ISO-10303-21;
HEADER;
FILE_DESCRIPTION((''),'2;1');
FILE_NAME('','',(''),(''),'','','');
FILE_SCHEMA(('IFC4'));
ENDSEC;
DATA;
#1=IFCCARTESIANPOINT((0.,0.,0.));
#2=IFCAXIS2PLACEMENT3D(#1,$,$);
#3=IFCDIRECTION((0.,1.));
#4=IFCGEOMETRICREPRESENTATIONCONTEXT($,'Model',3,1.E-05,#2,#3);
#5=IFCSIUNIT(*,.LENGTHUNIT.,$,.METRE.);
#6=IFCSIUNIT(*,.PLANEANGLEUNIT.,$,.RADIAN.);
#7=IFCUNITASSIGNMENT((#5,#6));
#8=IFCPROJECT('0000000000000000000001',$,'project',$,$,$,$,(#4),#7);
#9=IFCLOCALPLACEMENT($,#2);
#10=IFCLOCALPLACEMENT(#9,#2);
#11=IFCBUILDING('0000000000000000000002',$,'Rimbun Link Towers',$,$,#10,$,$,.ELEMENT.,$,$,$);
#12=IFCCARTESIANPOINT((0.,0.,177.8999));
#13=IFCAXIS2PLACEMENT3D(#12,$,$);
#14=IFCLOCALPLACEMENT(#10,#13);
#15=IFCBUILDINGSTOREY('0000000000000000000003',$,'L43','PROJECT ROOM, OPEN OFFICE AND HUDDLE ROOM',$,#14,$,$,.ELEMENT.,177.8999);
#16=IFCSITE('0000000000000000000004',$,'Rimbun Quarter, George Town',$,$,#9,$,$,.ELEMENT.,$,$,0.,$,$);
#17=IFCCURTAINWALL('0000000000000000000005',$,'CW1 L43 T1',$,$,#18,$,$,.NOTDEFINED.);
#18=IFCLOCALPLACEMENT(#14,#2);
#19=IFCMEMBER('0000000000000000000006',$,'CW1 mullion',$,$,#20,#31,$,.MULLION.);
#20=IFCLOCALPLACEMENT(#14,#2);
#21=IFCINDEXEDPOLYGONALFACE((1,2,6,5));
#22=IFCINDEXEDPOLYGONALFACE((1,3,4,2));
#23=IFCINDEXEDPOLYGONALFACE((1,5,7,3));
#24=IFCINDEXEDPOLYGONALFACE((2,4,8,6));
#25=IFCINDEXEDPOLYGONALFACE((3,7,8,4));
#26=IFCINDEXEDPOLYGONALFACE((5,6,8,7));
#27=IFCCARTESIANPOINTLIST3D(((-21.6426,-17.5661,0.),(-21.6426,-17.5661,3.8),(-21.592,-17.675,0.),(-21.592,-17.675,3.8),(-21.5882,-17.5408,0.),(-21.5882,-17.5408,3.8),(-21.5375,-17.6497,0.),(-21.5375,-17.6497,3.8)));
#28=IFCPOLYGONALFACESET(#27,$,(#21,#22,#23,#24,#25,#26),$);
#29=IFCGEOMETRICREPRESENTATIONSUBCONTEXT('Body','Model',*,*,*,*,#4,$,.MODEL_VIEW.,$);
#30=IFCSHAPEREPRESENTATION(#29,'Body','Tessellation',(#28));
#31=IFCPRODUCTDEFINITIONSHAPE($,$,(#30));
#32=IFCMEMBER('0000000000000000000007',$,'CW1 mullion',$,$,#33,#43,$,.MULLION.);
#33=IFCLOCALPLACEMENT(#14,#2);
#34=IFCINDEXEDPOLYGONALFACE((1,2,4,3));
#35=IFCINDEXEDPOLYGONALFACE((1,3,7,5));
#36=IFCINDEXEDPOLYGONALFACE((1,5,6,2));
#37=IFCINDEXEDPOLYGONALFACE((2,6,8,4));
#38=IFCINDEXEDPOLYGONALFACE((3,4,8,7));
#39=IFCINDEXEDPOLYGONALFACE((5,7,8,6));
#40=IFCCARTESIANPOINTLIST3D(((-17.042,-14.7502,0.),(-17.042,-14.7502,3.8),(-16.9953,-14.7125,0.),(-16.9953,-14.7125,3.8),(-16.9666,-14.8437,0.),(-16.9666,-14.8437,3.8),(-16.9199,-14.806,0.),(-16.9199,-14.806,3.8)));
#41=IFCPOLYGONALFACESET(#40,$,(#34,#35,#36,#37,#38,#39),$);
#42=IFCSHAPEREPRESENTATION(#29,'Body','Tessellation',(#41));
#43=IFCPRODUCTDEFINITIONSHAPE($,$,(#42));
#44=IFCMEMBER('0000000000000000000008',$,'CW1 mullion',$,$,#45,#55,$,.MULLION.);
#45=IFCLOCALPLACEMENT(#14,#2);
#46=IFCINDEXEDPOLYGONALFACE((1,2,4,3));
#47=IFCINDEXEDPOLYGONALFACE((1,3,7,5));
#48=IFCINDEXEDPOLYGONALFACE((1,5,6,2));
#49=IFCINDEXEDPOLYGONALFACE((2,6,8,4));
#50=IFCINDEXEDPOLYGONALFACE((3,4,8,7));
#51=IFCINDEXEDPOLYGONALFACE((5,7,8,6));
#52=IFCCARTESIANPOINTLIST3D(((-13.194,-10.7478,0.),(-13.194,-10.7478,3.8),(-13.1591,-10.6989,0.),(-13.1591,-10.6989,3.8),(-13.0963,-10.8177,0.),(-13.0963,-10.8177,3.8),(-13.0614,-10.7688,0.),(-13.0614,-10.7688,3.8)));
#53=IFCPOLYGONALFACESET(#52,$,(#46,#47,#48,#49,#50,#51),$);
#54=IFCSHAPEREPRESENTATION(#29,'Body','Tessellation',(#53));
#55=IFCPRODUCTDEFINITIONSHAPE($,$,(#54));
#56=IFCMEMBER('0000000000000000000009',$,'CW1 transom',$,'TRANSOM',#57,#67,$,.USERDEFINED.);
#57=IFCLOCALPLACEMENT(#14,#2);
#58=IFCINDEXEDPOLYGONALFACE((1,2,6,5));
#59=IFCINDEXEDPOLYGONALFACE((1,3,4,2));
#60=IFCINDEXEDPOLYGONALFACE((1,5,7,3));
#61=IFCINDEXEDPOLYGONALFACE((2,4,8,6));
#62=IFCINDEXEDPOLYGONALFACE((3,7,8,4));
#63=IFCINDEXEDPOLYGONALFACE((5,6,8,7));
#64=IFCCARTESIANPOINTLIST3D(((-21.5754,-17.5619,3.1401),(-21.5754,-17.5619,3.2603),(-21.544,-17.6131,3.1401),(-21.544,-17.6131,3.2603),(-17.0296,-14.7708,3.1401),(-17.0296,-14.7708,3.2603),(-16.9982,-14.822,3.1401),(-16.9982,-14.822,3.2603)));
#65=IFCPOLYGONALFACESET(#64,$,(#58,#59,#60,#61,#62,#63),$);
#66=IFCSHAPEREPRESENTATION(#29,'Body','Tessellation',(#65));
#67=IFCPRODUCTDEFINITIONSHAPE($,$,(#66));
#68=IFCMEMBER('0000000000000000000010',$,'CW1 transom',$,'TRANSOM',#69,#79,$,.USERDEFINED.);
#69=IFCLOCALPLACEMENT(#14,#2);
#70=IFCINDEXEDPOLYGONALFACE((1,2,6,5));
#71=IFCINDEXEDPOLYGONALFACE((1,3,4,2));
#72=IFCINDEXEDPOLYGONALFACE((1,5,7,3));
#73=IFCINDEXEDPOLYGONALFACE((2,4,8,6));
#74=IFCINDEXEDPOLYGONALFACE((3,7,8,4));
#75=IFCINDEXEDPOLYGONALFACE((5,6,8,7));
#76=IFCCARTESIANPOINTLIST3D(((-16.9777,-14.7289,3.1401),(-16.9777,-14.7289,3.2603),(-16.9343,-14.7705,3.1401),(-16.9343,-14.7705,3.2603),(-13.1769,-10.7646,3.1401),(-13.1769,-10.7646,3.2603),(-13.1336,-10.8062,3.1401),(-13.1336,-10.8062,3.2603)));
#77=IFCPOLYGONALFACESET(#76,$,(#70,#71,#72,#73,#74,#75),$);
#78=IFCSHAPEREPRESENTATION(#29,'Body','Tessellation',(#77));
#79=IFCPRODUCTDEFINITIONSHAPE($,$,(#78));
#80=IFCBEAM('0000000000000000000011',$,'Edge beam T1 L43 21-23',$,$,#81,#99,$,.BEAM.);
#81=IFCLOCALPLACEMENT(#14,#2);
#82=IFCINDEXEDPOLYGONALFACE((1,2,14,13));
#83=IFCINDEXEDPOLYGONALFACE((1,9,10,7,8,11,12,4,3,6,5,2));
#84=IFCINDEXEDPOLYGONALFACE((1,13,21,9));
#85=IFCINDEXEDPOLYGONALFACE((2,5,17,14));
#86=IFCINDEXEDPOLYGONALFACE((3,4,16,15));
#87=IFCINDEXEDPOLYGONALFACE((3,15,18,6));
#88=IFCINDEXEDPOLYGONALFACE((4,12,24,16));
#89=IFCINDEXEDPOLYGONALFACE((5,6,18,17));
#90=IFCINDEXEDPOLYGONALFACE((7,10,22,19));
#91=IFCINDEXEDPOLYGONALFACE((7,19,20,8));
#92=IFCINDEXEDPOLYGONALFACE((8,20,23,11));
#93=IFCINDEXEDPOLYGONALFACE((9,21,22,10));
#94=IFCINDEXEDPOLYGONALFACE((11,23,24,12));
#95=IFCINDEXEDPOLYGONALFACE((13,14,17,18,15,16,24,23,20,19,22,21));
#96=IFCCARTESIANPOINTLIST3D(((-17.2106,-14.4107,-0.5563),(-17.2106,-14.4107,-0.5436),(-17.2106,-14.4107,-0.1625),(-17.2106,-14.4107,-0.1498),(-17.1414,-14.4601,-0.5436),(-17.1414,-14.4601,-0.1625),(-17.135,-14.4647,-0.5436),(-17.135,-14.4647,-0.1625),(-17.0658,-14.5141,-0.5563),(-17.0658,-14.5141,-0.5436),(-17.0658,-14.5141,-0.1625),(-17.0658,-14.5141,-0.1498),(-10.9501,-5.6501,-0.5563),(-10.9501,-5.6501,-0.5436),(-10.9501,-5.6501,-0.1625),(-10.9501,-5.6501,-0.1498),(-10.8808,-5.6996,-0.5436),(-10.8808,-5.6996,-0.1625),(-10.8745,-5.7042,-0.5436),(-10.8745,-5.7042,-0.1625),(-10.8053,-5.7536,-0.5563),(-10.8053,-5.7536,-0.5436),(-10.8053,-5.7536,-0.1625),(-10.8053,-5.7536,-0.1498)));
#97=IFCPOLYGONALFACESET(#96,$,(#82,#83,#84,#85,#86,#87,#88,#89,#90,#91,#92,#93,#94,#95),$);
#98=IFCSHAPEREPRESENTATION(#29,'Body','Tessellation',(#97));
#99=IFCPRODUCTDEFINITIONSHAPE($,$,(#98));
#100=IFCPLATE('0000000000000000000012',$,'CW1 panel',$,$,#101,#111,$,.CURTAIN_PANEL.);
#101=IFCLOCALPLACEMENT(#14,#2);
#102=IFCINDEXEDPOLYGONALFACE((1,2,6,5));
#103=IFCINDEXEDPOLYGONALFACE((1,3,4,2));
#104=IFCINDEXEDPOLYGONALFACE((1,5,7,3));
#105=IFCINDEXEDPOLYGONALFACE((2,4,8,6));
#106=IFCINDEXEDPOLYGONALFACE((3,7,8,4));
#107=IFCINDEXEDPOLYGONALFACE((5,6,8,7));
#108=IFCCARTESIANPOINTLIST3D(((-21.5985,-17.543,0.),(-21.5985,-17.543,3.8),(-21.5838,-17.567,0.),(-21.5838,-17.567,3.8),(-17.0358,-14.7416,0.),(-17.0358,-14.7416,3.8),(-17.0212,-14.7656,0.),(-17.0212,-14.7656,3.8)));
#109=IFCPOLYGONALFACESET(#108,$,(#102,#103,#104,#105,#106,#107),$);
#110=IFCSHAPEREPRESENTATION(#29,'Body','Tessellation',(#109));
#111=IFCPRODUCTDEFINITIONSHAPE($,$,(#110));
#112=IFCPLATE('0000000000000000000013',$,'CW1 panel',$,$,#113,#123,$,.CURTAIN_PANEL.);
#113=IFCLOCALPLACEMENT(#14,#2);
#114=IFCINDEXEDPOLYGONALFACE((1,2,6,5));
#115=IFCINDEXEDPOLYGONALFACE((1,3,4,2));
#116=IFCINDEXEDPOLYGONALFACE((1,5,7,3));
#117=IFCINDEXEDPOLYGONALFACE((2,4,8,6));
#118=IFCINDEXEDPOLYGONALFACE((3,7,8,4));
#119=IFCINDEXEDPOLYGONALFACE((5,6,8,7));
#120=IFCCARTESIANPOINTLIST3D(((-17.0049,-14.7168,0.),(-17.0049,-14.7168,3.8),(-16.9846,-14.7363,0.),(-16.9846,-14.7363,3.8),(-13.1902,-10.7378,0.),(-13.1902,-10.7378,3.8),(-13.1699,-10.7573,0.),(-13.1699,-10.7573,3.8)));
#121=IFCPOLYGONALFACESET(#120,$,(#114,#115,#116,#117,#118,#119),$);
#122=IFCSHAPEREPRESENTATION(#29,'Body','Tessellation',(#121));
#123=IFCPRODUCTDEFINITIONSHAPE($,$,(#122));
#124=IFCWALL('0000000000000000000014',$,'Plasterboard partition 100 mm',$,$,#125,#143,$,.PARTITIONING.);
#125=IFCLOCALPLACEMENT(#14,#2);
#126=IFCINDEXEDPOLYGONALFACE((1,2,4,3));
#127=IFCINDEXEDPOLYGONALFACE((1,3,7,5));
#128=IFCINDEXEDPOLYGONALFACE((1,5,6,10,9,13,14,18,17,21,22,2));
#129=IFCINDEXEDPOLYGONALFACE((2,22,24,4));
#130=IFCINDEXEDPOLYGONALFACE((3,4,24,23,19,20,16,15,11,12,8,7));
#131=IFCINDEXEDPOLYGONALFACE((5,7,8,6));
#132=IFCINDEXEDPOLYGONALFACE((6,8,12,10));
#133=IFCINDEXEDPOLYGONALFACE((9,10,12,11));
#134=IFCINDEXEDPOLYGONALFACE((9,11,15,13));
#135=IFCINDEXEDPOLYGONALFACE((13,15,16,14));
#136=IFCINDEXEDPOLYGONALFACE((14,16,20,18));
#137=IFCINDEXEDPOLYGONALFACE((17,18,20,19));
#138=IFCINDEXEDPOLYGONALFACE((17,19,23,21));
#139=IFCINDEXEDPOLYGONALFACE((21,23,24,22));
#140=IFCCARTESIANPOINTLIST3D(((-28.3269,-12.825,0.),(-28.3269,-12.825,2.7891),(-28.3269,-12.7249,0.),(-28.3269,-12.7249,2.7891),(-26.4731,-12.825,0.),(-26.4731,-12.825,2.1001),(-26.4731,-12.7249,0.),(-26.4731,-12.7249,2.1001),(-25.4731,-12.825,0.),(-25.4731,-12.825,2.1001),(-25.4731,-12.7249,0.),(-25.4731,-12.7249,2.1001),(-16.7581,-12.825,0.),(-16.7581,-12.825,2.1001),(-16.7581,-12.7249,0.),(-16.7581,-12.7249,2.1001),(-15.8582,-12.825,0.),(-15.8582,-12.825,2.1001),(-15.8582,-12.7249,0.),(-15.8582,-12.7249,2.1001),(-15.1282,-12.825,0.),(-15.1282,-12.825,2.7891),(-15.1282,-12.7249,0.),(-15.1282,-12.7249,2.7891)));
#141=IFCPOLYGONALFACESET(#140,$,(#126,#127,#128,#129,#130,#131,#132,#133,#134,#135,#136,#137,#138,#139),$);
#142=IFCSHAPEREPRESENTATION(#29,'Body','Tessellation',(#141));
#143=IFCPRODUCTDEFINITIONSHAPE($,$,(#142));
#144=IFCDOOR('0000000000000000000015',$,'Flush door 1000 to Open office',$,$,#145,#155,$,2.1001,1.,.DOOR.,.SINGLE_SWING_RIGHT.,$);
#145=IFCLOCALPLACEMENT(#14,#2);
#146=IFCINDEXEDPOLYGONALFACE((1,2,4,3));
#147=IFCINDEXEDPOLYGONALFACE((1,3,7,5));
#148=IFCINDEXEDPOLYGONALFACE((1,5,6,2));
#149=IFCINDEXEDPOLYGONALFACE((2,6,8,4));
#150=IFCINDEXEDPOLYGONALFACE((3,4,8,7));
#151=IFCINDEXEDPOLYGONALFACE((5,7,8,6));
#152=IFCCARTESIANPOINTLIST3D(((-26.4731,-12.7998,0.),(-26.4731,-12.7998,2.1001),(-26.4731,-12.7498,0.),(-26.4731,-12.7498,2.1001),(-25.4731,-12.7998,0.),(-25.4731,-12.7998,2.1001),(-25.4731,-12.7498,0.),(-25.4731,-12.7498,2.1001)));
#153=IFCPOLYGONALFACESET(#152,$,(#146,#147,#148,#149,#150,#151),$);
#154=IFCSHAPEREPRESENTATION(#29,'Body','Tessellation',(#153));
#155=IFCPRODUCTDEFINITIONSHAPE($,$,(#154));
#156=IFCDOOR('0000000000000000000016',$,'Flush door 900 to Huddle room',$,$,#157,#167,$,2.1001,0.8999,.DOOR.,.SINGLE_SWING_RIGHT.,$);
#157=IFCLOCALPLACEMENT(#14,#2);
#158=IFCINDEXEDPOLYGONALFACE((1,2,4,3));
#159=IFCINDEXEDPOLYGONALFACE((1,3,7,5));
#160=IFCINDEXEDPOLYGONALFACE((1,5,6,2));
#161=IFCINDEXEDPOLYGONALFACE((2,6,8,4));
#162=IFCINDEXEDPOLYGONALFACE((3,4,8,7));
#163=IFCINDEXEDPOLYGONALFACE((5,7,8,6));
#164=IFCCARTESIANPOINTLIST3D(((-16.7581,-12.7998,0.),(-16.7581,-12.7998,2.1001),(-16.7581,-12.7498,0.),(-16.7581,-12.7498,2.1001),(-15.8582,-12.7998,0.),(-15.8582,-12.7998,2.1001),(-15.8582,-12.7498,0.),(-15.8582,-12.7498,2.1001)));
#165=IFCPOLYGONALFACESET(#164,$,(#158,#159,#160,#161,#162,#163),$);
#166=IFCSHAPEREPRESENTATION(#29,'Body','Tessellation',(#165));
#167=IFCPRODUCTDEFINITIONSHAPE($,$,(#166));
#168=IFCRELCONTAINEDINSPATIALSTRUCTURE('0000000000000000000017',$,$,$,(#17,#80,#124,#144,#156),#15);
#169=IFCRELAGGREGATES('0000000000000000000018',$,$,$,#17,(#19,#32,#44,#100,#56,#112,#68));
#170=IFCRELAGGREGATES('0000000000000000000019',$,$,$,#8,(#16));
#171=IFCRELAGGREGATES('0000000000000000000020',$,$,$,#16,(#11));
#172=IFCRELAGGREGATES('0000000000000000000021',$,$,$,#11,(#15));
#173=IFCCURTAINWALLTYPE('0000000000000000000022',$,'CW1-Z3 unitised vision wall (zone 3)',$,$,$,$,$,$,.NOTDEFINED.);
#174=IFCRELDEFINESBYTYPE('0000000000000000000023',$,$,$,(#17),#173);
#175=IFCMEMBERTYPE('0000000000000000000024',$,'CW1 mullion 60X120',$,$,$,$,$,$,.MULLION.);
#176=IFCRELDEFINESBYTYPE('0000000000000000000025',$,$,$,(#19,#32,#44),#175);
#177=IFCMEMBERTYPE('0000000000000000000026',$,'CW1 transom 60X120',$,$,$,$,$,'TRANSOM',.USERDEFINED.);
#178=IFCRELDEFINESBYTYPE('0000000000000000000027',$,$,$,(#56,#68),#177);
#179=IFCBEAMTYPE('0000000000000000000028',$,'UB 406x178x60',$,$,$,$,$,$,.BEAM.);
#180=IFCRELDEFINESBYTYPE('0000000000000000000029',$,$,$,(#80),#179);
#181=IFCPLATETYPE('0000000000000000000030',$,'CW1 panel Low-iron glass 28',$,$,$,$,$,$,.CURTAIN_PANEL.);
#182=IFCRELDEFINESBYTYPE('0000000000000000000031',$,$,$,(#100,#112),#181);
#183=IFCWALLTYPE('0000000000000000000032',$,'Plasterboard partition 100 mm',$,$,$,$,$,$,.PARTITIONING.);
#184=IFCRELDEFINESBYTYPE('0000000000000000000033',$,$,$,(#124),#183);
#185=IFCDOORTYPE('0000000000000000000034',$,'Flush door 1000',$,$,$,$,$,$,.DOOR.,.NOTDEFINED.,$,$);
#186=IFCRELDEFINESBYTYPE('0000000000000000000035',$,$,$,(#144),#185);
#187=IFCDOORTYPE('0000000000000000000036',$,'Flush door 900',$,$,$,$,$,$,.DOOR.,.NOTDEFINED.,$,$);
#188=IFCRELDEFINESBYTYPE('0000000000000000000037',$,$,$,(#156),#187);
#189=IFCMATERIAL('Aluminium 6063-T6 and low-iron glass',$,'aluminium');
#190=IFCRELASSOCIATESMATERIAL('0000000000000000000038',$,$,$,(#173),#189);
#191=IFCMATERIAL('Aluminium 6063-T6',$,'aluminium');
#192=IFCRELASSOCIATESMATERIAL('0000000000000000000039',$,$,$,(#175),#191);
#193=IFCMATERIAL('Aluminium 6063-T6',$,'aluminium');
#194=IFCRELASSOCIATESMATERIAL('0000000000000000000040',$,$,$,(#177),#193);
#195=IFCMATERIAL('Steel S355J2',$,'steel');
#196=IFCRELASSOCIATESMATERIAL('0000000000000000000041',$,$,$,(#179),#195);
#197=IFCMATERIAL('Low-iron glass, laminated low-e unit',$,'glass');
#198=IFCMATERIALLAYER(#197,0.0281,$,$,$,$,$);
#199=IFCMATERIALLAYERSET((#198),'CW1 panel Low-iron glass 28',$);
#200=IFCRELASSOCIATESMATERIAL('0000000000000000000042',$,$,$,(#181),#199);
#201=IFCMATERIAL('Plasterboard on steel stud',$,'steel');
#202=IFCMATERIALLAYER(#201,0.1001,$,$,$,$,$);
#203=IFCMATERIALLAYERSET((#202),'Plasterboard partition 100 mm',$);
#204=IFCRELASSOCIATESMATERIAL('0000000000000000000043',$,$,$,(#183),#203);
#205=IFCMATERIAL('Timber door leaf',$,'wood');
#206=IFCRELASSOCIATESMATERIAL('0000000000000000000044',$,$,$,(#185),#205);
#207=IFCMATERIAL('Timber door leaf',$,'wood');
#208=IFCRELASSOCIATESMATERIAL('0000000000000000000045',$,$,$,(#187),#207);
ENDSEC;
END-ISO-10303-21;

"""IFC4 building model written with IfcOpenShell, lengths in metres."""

from ifc_helpers import new_model, si_unit, direction, frame, frame_2d, origin, origin_2d, place, context, subcontext, project, spatial, rectangle, i_section, extrude, material, layer, layer_set, material_profile, profile_set, type_object, element, fill, aggregate, save


model = new_model("IFC4")

# Units and contexts
model_context = context("Model", 3, precision=1e-05, world=origin(), true_north=direction((0.0, 1.0)))
body_context = subcontext(model_context, "Body", "Model", "MODEL_VIEW")
ifc_project = project(units=[si_unit("LENGTHUNIT", "METRE"), si_unit("PLANEANGLEUNIT", "RADIAN")], contexts=[model_context])

# Site, building, storey
site_placement = place(None, origin())
site = spatial("IfcSite", under=ifc_project, at=site_placement, Name="Rimbun Quarter, George Town", CompositionType="ELEMENT", RefElevation=0.0)
building_placement = place(site_placement, origin())
building = spatial("IfcBuilding", under=site, at=building_placement, Name="Rimbun Link Towers", CompositionType="ELEMENT")
storey_placement = place(building_placement, frame((0.0, 0.0, 177.8999)))
storey = spatial("IfcBuildingStorey", under=building, at=storey_placement, Name="L43", Description="PROJECT ROOM, OPEN OFFICE AND HUDDLE ROOM", CompositionType="ELEMENT", Elevation=177.8999)

# Curtain wall, members
ifc_material_1 = material(Name="Aluminium 6063-T6 and low-iron glass", Category="aluminium")
curtain_wall_type = type_object("IfcCurtainWallType", Name="CW1-Z3 unitised vision wall (zone 3)", PredefinedType="NOTDEFINED", material=ifc_material_1)
curtain_wall_placement = place(storey_placement, origin())
curtain_wall = element("IfcCurtainWall", 1, at=curtain_wall_placement, inside=storey, type_object=curtain_wall_type, Name="CW1 L43 T1", PredefinedType="NOTDEFINED")
ifc_material_2 = material(Name="Aluminium 6063-T6", Category="aluminium")
ifc_material_profile_1 = material_profile(ifc_material_2, rectangle(XDim=0.1201, YDim=0.0601, at=origin_2d()), Name="MULLION 60X120")
ifc_profile_set_1 = profile_set([ifc_material_profile_1], Name="Aluminium 6063-T6")
member_type_1 = type_object("IfcMemberType", Name="CW1 mullion 60X120", PredefinedType="MULLION", material=ifc_profile_set_1)
member_1_placement = place(storey_placement, frame((-21.5901, -17.6079, 0.0), z_axis=(0.0, 0.0, 1.0), x_axis=(0.421697, -0.906737, 0.0)))
member_1 = element("IfcMember", 2, at=member_1_placement, type_object=member_type_1, Name="CW1 mullion", PredefinedType="MULLION", context=body_context, shape_type="SweptSolid", body=[
    extrude(rectangle(XDim=0.1201, YDim=0.0601, at=origin_2d()), origin(), (0.0, 0.0, 1.0), 3.8),
])
member_2_placement = place(storey_placement, frame((-16.981, -14.7781, 0.0), z_axis=(0.0, 0.0, 1.0), x_axis=(0.627671, -0.778479, 0.0)))
member_2 = element("IfcMember", 3, at=member_2_placement, type_object=member_type_1, Name="CW1 mullion", PredefinedType="MULLION", context=body_context, shape_type="SweptSolid", body=[
    extrude(rectangle(XDim=0.1201, YDim=0.0601, at=origin_2d()), origin(), (0.0, 0.0, 1.0), 3.8),
])
member_3_placement = place(storey_placement, frame((-13.1277, -10.7583, 0.0), z_axis=(0.0, 0.0, 1.0), x_axis=(0.81335, -0.581775, 0.0)))
member_3 = element("IfcMember", 4, at=member_3_placement, type_object=member_type_1, Name="CW1 mullion", PredefinedType="MULLION", context=body_context, shape_type="SweptSolid", body=[
    extrude(rectangle(XDim=0.1201, YDim=0.0601, at=origin_2d()), origin(), (0.0, 0.0, 1.0), 3.8),
])
ifc_material_3 = material(Name="Aluminium 6063-T6", Category="aluminium")
ifc_material_profile_2 = material_profile(ifc_material_3, rectangle(XDim=0.0601, YDim=0.1201, at=origin_2d()), Name="TRANSOM 60X120")
ifc_profile_set_2 = profile_set([ifc_material_profile_2], Name="Aluminium 6063-T6")
member_type_2 = type_object("IfcMemberType", Name="CW1 transom 60X120", ElementType="TRANSOM", PredefinedType="USERDEFINED", material=ifc_profile_set_2)
member_4_placement = place(storey_placement, frame((-17.0139, -14.7964, 3.2002), z_axis=(-0.852186, -0.523239, 0.0), x_axis=(0.523239, -0.852186, 0.0)))
member_4 = element("IfcMember", 5, at=member_4_placement, type_object=member_type_2, Name="CW1 transom", ObjectType="TRANSOM", PredefinedType="USERDEFINED", context=body_context, shape_type="SweptSolid", body=[
    extrude(rectangle(XDim=0.0601, YDim=0.1201, at=origin_2d()), origin(), (0.0, 0.0, 1.0), 5.3342),
])
member_5_placement = place(storey_placement, frame((-13.1553, -10.7854, 3.2002), z_axis=(-0.692058, -0.721842, 0.0), x_axis=(0.721842, -0.692058, 0.0)))
member_5 = element("IfcMember", 6, at=member_5_placement, type_object=member_type_2, Name="CW1 transom", ObjectType="TRANSOM", PredefinedType="USERDEFINED", context=body_context, shape_type="SweptSolid", body=[
    extrude(rectangle(XDim=0.0601, YDim=0.1201, at=origin_2d()), origin(), (0.0, 0.0, 1.0), 5.4919),
])

# Beam
ifc_material_4 = material(Name="Steel S355J2", Category="steel")
ifc_material_profile_3 = material_profile(ifc_material_4, i_section(OverallWidth=0.178, OverallDepth=0.4065, WebThickness=0.0078, FlangeThickness=0.0127, at=origin_2d()), Name="UB 406x178x60")
ifc_profile_set_3 = profile_set([ifc_material_profile_3], Name="Steel S355J2")
beam_type = type_object("IfcBeamType", Name="UB 406x178x60", PredefinedType="BEAM", material=ifc_profile_set_3)
beam_placement = place(storey_placement, frame((-17.1382, -14.4624, -0.353), z_axis=(0.581423, 0.813602, 0.0), x_axis=(-0.813602, 0.581423, 0.0)))
element("IfcBeam", 7, at=beam_placement, inside=storey, type_object=beam_type, Name="Edge beam T1 L43 21-23", PredefinedType="BEAM", context=body_context, shape_type="SweptSolid", body=[
    extrude(i_section(OverallWidth=0.178, OverallDepth=0.4065, WebThickness=0.0078, FlangeThickness=0.0127, at=origin_2d()), origin(), (0.0, 0.0, 1.0), 10.7676),
])

# Plates
ifc_material_5 = material(Name="Low-iron glass, laminated low-e unit", Category="glass")
ifc_layer_1 = layer(ifc_material_5, 0.0281)
ifc_layer_set_1 = layer_set([ifc_layer_1], Name="CW1 panel Low-iron glass 28")
plate_type = type_object("IfcPlateType", Name="CW1 panel Low-iron glass 28", PredefinedType="CURTAIN_PANEL", material=ifc_layer_set_1)
plate_1_placement = place(storey_placement, frame((-19.3098, -16.1543, 0.0), z_axis=(0.0, 0.0, 1.0), x_axis=(-0.852191, -0.523231, 0.0)))
plate_1 = element("IfcPlate", 8, at=plate_1_placement, type_object=plate_type, Name="CW1 panel", PredefinedType="CURTAIN_PANEL", context=body_context, shape_type="SweptSolid", body=[
    extrude(rectangle(XDim=5.354, YDim=0.0281, at=origin_2d()), origin(), (0.0, 0.0, 1.0), 3.8),
])
plate_2_placement = place(storey_placement, frame((-15.0874, -12.7371, 0.0), z_axis=(0.0, 0.0, 1.0), x_axis=(-0.692045, -0.721854, 0.0)))
plate_2 = element("IfcPlate", 9, at=plate_2_placement, type_object=plate_type, Name="CW1 panel", PredefinedType="CURTAIN_PANEL", context=body_context, shape_type="SweptSolid", body=[
    extrude(rectangle(XDim=5.5122, YDim=0.0281, at=origin_2d()), origin(), (0.0, 0.0, 1.0), 3.8),
])
aggregate(curtain_wall, [member_1, member_2, member_3, plate_1, member_4, plate_2, member_5])

# Wall, openings, doors
ifc_material_6 = material(Name="Plasterboard on steel stud", Category="steel")
ifc_layer_2 = layer(ifc_material_6, 0.1001)
ifc_layer_set_2 = layer_set([ifc_layer_2], Name="Plasterboard partition 100 mm")
wall_type = type_object("IfcWallType", Name="Plasterboard partition 100 mm", PredefinedType="PARTITIONING", material=ifc_layer_set_2)
wall_1_placement = place(storey_placement, frame((-15.1282, -12.7749, 0.0), z_axis=(0.0, 0.0, 1.0), x_axis=(-1.0, 0.0, 0.0)))
wall_1 = element("IfcWall", 10, at=wall_1_placement, inside=storey, type_object=wall_type, Name="Plasterboard partition 100 mm", PredefinedType="PARTITIONING", context=body_context, shape_type="SweptSolid", body=[
    extrude(rectangle(XDim=13.1987, YDim=0.1001, at=frame_2d((6.5994, 0.0))), origin(), (0.0, 0.0, 1.0), 2.7891),
])
opening_1_placement = place(wall_1_placement, frame((10.345, 0.0, 0.0)))
opening_1 = element("IfcOpeningElement", 11, at=opening_1_placement, cuts=wall_1, PredefinedType="OPENING", context=body_context, shape_type="SweptSolid", body=[
    extrude(rectangle(XDim=1.0, YDim=2.1001, at=frame_2d((0.5, 1.05))), frame((0.0, 0.0601, 0.0), z_axis=(0.0, -1.0, 0.0), x_axis=(1.0, 0.0, 0.0)), (0.0, 0.0, 1.0), 0.1201),
])
opening_2_placement = place(wall_1_placement, frame((0.73, 0.0, 0.0)))
opening_2 = element("IfcOpeningElement", 12, at=opening_2_placement, cuts=wall_1, PredefinedType="OPENING", context=body_context, shape_type="SweptSolid", body=[
    extrude(rectangle(XDim=0.8999, YDim=2.1001, at=frame_2d((0.45, 1.05))), frame((0.0, 0.0601, 0.0), z_axis=(0.0, -1.0, 0.0), x_axis=(1.0, 0.0, 0.0)), (0.0, 0.0, 1.0), 0.1201),
])
ifc_material_7 = material(Name="Timber door leaf", Category="wood")
door_type_1 = type_object("IfcDoorType", Name="Flush door 1000", OperationType="NOTDEFINED", PredefinedType="DOOR", material=ifc_material_7)
door_1_placement = place(opening_1_placement, origin())
door_1 = element("IfcDoor", 13, at=door_1_placement, inside=storey, type_object=door_type_1, Name="Flush door 1000 to Open office", OperationType="SINGLE_SWING_RIGHT", OverallHeight=2.1001, OverallWidth=1.0, PredefinedType="DOOR", context=body_context, shape_type="SweptSolid", body=[
    extrude(rectangle(XDim=1.0, YDim=2.1001, at=frame_2d((0.5, 1.05))), frame((0.0, 0.0249, 0.0), z_axis=(0.0, -1.0, 0.0), x_axis=(1.0, 0.0, 0.0)), (0.0, 0.0, 1.0), 0.05),
])
fill(opening_1, door_1)
ifc_material_8 = material(Name="Timber door leaf", Category="wood")
door_type_2 = type_object("IfcDoorType", Name="Flush door 900", OperationType="NOTDEFINED", PredefinedType="DOOR", material=ifc_material_8)
door_2_placement = place(opening_2_placement, origin())
door_2 = element("IfcDoor", 14, at=door_2_placement, inside=storey, type_object=door_type_2, Name="Flush door 900 to Huddle room", OperationType="SINGLE_SWING_RIGHT", OverallHeight=2.1001, OverallWidth=0.8999, PredefinedType="DOOR", context=body_context, shape_type="SweptSolid", body=[
    extrude(rectangle(XDim=0.8999, YDim=2.1001, at=frame_2d((0.45, 1.05))), frame((0.0, 0.0249, 0.0), z_axis=(0.0, -1.0, 0.0), x_axis=(1.0, 0.0, 0.0)), (0.0, 0.0, 1.0), 0.05),
])
fill(opening_2, door_2)

save(model, "model.ifc")
